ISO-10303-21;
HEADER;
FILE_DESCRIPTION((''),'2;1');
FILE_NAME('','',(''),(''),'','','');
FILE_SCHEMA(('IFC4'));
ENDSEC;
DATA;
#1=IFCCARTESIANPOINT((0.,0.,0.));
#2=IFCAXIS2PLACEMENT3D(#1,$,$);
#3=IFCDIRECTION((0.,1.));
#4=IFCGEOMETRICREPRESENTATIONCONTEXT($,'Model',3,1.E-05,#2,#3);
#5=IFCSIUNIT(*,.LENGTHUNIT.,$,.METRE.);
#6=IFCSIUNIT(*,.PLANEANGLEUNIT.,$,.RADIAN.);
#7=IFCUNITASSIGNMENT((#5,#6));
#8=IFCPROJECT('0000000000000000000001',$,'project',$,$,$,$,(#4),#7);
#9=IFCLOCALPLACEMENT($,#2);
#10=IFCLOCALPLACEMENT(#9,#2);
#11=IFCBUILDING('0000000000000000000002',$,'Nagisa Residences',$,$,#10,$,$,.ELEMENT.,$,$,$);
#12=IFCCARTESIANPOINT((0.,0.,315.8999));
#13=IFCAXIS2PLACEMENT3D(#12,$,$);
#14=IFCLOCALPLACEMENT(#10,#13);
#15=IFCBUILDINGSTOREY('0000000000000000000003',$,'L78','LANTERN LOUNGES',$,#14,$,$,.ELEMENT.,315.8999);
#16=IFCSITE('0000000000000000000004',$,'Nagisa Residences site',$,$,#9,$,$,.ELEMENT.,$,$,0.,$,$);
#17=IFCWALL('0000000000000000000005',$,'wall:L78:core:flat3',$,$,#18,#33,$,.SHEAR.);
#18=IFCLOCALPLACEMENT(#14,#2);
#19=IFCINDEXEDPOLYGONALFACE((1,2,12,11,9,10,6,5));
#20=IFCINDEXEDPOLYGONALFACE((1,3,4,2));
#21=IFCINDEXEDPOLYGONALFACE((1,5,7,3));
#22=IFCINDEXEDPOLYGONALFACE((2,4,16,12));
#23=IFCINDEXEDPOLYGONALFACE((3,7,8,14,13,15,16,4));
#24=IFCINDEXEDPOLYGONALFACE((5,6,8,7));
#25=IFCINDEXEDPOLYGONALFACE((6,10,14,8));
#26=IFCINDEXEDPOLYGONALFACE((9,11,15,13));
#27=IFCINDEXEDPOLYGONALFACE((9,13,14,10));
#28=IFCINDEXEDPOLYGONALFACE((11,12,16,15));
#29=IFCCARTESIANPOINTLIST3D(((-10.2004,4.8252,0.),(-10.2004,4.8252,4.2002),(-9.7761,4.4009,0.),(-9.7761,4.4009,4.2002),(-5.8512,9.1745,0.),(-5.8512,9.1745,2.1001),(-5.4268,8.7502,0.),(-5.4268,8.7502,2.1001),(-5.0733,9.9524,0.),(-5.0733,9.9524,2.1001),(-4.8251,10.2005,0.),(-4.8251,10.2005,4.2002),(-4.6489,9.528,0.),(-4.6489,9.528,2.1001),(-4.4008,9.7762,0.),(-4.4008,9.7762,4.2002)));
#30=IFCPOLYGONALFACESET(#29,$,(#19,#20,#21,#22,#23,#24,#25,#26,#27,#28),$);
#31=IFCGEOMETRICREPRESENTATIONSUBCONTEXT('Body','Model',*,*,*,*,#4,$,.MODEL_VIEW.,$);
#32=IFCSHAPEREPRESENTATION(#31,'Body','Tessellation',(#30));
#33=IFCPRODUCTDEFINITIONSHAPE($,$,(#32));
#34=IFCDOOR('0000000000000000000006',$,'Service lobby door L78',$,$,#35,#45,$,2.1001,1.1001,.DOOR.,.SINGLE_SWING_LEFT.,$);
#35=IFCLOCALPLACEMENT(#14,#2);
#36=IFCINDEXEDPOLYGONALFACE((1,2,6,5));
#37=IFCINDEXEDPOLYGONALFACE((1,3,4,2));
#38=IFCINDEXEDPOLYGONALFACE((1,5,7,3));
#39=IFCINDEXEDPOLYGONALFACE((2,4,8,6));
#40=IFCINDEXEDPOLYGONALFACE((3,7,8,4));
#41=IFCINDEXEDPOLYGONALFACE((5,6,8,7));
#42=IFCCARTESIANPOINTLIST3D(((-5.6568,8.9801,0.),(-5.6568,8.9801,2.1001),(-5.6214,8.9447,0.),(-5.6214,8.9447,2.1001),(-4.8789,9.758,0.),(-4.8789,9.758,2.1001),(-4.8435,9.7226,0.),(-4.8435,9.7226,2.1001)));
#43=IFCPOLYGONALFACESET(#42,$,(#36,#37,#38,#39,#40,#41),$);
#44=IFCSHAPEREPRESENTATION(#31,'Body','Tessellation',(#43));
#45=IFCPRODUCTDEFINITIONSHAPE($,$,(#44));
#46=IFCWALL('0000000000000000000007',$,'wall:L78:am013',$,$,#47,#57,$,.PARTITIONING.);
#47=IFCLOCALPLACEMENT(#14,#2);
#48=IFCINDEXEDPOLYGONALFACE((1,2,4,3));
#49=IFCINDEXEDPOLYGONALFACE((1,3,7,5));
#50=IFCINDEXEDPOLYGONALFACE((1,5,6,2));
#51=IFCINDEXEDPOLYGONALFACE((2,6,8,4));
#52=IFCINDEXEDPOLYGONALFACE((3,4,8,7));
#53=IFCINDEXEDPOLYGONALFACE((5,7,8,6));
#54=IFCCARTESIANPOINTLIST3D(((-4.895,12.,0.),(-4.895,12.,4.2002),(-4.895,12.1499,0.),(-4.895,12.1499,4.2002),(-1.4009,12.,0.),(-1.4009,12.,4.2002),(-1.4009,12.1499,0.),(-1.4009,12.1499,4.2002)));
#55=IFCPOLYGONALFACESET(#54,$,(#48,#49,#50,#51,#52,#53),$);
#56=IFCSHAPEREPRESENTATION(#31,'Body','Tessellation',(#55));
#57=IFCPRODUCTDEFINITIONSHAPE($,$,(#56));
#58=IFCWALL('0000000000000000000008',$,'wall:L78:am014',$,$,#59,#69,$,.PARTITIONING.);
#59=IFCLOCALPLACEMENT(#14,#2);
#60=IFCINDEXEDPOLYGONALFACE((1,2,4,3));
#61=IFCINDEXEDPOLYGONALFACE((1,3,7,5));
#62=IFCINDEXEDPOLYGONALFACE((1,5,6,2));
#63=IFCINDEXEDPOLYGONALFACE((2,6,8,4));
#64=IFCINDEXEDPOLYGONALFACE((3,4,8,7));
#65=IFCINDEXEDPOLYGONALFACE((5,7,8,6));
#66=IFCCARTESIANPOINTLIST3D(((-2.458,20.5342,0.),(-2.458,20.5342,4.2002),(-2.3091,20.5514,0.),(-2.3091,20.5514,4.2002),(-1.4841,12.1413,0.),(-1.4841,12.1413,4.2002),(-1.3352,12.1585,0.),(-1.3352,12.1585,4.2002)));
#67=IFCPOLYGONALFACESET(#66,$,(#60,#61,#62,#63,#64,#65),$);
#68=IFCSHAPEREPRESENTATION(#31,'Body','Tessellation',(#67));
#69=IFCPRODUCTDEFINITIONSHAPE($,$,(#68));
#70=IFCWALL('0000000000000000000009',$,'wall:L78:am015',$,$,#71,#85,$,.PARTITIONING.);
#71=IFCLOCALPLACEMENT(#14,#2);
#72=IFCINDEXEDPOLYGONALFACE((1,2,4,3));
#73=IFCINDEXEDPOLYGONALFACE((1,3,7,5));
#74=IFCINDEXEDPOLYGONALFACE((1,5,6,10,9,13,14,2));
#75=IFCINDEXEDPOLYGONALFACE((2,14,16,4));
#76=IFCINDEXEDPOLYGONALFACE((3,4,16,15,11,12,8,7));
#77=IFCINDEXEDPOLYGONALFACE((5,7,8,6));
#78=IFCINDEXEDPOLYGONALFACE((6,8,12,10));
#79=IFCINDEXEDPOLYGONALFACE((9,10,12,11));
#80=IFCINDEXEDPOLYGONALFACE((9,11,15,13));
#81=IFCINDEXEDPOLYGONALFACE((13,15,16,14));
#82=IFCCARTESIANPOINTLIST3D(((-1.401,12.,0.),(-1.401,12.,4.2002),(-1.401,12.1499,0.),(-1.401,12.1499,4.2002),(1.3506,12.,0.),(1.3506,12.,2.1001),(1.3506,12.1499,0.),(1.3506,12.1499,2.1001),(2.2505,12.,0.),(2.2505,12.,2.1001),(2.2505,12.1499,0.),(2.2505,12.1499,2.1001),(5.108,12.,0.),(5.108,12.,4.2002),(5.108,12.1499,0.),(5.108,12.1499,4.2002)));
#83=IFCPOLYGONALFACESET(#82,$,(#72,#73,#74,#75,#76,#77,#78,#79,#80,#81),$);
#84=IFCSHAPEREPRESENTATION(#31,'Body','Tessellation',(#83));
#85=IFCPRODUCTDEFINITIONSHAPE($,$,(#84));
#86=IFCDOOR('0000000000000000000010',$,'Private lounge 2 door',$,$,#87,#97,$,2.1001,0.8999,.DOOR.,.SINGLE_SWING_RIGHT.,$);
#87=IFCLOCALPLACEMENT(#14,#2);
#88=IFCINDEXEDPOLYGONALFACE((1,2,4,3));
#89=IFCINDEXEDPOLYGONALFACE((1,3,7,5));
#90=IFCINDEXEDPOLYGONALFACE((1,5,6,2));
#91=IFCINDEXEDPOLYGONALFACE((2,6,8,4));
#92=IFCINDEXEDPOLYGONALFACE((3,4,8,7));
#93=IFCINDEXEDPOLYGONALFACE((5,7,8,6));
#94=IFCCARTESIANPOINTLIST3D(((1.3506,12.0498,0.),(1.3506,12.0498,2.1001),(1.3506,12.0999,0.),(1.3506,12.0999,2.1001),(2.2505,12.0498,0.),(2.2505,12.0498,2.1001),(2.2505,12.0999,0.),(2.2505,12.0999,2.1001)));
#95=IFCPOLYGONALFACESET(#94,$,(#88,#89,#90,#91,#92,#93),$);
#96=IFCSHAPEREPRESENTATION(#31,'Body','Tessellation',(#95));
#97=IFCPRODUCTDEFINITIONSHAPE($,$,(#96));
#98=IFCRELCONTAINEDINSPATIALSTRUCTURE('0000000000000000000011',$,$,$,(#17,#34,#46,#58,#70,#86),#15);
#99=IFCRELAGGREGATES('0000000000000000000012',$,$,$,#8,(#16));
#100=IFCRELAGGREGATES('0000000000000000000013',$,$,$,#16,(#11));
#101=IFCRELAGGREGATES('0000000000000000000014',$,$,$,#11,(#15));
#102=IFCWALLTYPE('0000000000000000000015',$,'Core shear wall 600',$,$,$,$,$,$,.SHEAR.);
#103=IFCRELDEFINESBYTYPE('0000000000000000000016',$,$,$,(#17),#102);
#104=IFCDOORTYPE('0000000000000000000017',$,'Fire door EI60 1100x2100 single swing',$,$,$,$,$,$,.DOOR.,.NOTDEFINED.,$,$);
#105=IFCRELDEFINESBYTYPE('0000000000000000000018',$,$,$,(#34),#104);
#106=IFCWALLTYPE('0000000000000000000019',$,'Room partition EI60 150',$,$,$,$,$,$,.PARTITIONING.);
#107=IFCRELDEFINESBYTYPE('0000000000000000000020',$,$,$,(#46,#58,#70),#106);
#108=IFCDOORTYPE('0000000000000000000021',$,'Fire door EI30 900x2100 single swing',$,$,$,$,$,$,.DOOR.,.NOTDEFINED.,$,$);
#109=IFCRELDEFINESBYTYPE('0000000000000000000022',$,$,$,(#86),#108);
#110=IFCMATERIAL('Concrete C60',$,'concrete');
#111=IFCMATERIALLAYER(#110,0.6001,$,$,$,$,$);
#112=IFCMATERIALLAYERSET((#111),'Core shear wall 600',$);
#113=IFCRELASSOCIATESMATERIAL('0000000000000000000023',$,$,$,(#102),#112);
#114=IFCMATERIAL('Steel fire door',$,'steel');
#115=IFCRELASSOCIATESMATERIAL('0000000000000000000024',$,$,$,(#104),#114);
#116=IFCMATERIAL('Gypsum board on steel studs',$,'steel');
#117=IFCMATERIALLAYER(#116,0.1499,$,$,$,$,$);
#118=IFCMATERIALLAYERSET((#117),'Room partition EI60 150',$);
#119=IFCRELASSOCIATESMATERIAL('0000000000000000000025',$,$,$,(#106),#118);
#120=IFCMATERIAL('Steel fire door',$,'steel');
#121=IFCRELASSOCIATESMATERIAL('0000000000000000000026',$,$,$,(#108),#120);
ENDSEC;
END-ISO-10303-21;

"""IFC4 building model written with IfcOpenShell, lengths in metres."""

from ifc_helpers import new_model, si_unit, direction, frame, frame_2d, origin, place, context, subcontext, project, spatial, rectangle, extrude, material, layer, layer_set, type_object, element, fill, save


model = new_model("IFC4")

# Units and contexts
model_context = context("Model", 3, precision=1e-05, world=origin(), true_north=direction((0.0, 1.0)))
body_context = subcontext(model_context, "Body", "Model", "MODEL_VIEW")
ifc_project = project(units=[si_unit("LENGTHUNIT", "METRE"), si_unit("PLANEANGLEUNIT", "RADIAN")], contexts=[model_context])

# Site, building, storey
site_placement = place(None, origin())
site = spatial("IfcSite", under=ifc_project, at=site_placement, Name="Nagisa Residences site", CompositionType="ELEMENT", RefElevation=0.0)
building_placement = place(site_placement, origin())
building = spatial("IfcBuilding", under=site, at=building_placement, Name="Nagisa Residences", CompositionType="ELEMENT")
storey_placement = place(building_placement, frame((0.0, 0.0, 315.8999)))
storey = spatial("IfcBuildingStorey", under=building, at=storey_placement, Name="L78", Description="LANTERN LOUNGES", CompositionType="ELEMENT", Elevation=315.8999)

# Wall, opening, door
ifc_material_1 = material(Name="Concrete C60", Category="concrete")
ifc_layer_1 = layer(ifc_material_1, 0.6001)
ifc_layer_set_1 = layer_set([ifc_layer_1], Name="Core shear wall 600")
wall_type_1 = type_object("IfcWallType", Name="Core shear wall 600", PredefinedType="SHEAR", material=ifc_layer_set_1)
wall_1_placement = place(storey_placement, frame((-4.613, 9.9883, 0.0), z_axis=(0.0, 0.0, 1.0), x_axis=(-0.707107, -0.707107, 0.0)))
wall_1 = element("IfcWall", 1, at=wall_1_placement, inside=storey, type_object=wall_type_1, Name="wall:L78:core:flat3", PredefinedType="SHEAR", context=body_context, shape_type="SweptSolid", body=[
    extrude(rectangle(XDim=7.6018, YDim=0.6001, at=frame_2d((3.8008, 0.0))), origin(), (0.0, 0.0, 1.0), 4.2002),
])
opening_1_placement = place(wall_1_placement, frame((0.3508, 0.0, 0.0)))
opening_1 = element("IfcOpeningElement", 2, at=opening_1_placement, cuts=wall_1, PredefinedType="OPENING", context=body_context, shape_type="SweptSolid", body=[
    extrude(rectangle(XDim=1.1001, YDim=2.1001, at=frame_2d((0.55, 1.05))), frame((0.0, 0.3101, 0.0), z_axis=(0.0, -1.0, 0.0), x_axis=(1.0, 0.0, 0.0)), (0.0, 0.0, 1.0), 0.6201),
])
ifc_material_2 = material(Name="Steel fire door", Category="steel")
door_type_1 = type_object("IfcDoorType", Name="Fire door EI60 1100x2100 single swing", OperationType="NOTDEFINED", PredefinedType="DOOR", material=ifc_material_2)
door_1_placement = place(opening_1_placement, origin())
door_1 = element("IfcDoor", 3, at=door_1_placement, inside=storey, type_object=door_type_1, Name="Service lobby door L78", OperationType="SINGLE_SWING_LEFT", OverallHeight=2.1001, OverallWidth=1.1001, PredefinedType="DOOR", context=body_context, shape_type="SweptSolid", body=[
    extrude(rectangle(XDim=1.1001, YDim=2.1001, at=frame_2d((0.55, 1.05))), frame((0.0, 0.0249, 0.0), z_axis=(0.0, -1.0, 0.0), x_axis=(1.0, 0.0, 0.0)), (0.0, 0.0, 1.0), 0.05),
])
fill(opening_1, door_1)

# Walls
ifc_material_3 = material(Name="Gypsum board on steel studs", Category="steel")
ifc_layer_2 = layer(ifc_material_3, 0.1499)
ifc_layer_set_2 = layer_set([ifc_layer_2], Name="Room partition EI60 150")
wall_type_2 = type_object("IfcWallType", Name="Room partition EI60 150", PredefinedType="PARTITIONING", material=ifc_layer_set_2)
wall_2_placement = place(storey_placement, frame((-4.895, 12.075, 0.0), z_axis=(0.0, 0.0, 1.0), x_axis=(1.0, 0.0, 0.0)))
element("IfcWall", 4, at=wall_2_placement, inside=storey, type_object=wall_type_2, Name="wall:L78:am013", PredefinedType="PARTITIONING", context=body_context, shape_type="SweptSolid", body=[
    extrude(rectangle(XDim=3.4941, YDim=0.1499, at=frame_2d((1.7471, 0.0))), origin(), (0.0, 0.0, 1.0), 4.2002),
])
wall_3_placement = place(storey_placement, frame((-1.4097, 12.1499, 0.0), z_axis=(0.0, 0.0, 1.0), x_axis=(-0.115263, 0.993335, 0.0)))
element("IfcWall", 5, at=wall_3_placement, inside=storey, type_object=wall_type_2, Name="wall:L78:am014", PredefinedType="PARTITIONING", context=body_context, shape_type="SweptSolid", body=[
    extrude(rectangle(XDim=8.4492, YDim=0.1499, at=frame_2d((4.2246, 0.0))), origin(), (0.0, 0.0, 1.0), 4.2002),
])

# Wall, opening, door
wall_4_placement = place(storey_placement, frame((-1.4009, 12.075, 0.0), z_axis=(0.0, 0.0, 1.0), x_axis=(1.0, 0.0, 0.0)))
wall_4 = element("IfcWall", 6, at=wall_4_placement, inside=storey, type_object=wall_type_2, Name="wall:L78:am015", PredefinedType="PARTITIONING", context=body_context, shape_type="SweptSolid", body=[
    extrude(rectangle(XDim=6.509, YDim=0.1499, at=frame_2d((3.2544, 0.0))), origin(), (0.0, 0.0, 1.0), 4.2002),
])
opening_2_placement = place(wall_4_placement, frame((2.7515, 0.0, 0.0)))
opening_2 = element("IfcOpeningElement", 7, at=opening_2_placement, cuts=wall_4, PredefinedType="OPENING", context=body_context, shape_type="SweptSolid", body=[
    extrude(rectangle(XDim=0.8999, YDim=2.1001, at=frame_2d((0.45, 1.05))), frame((0.0, 0.085, 0.0), z_axis=(0.0, -1.0, 0.0), x_axis=(1.0, 0.0, 0.0)), (0.0, 0.0, 1.0), 0.1699),
])
ifc_material_4 = material(Name="Steel fire door", Category="steel")
door_type_2 = type_object("IfcDoorType", Name="Fire door EI30 900x2100 single swing", OperationType="NOTDEFINED", PredefinedType="DOOR", material=ifc_material_4)
door_2_placement = place(opening_2_placement, origin())
door_2 = element("IfcDoor", 8, at=door_2_placement, inside=storey, type_object=door_type_2, Name="Private lounge 2 door", OperationType="SINGLE_SWING_RIGHT", OverallHeight=2.1001, OverallWidth=0.8999, PredefinedType="DOOR", context=body_context, shape_type="SweptSolid", body=[
    extrude(rectangle(XDim=0.8999, YDim=2.1001, at=frame_2d((0.45, 1.05))), frame((0.0, 0.0249, 0.0), z_axis=(0.0, -1.0, 0.0), x_axis=(1.0, 0.0, 0.0)), (0.0, 0.0, 1.0), 0.05),
])
fill(opening_2, door_2)

save(model, "model.ifc")
